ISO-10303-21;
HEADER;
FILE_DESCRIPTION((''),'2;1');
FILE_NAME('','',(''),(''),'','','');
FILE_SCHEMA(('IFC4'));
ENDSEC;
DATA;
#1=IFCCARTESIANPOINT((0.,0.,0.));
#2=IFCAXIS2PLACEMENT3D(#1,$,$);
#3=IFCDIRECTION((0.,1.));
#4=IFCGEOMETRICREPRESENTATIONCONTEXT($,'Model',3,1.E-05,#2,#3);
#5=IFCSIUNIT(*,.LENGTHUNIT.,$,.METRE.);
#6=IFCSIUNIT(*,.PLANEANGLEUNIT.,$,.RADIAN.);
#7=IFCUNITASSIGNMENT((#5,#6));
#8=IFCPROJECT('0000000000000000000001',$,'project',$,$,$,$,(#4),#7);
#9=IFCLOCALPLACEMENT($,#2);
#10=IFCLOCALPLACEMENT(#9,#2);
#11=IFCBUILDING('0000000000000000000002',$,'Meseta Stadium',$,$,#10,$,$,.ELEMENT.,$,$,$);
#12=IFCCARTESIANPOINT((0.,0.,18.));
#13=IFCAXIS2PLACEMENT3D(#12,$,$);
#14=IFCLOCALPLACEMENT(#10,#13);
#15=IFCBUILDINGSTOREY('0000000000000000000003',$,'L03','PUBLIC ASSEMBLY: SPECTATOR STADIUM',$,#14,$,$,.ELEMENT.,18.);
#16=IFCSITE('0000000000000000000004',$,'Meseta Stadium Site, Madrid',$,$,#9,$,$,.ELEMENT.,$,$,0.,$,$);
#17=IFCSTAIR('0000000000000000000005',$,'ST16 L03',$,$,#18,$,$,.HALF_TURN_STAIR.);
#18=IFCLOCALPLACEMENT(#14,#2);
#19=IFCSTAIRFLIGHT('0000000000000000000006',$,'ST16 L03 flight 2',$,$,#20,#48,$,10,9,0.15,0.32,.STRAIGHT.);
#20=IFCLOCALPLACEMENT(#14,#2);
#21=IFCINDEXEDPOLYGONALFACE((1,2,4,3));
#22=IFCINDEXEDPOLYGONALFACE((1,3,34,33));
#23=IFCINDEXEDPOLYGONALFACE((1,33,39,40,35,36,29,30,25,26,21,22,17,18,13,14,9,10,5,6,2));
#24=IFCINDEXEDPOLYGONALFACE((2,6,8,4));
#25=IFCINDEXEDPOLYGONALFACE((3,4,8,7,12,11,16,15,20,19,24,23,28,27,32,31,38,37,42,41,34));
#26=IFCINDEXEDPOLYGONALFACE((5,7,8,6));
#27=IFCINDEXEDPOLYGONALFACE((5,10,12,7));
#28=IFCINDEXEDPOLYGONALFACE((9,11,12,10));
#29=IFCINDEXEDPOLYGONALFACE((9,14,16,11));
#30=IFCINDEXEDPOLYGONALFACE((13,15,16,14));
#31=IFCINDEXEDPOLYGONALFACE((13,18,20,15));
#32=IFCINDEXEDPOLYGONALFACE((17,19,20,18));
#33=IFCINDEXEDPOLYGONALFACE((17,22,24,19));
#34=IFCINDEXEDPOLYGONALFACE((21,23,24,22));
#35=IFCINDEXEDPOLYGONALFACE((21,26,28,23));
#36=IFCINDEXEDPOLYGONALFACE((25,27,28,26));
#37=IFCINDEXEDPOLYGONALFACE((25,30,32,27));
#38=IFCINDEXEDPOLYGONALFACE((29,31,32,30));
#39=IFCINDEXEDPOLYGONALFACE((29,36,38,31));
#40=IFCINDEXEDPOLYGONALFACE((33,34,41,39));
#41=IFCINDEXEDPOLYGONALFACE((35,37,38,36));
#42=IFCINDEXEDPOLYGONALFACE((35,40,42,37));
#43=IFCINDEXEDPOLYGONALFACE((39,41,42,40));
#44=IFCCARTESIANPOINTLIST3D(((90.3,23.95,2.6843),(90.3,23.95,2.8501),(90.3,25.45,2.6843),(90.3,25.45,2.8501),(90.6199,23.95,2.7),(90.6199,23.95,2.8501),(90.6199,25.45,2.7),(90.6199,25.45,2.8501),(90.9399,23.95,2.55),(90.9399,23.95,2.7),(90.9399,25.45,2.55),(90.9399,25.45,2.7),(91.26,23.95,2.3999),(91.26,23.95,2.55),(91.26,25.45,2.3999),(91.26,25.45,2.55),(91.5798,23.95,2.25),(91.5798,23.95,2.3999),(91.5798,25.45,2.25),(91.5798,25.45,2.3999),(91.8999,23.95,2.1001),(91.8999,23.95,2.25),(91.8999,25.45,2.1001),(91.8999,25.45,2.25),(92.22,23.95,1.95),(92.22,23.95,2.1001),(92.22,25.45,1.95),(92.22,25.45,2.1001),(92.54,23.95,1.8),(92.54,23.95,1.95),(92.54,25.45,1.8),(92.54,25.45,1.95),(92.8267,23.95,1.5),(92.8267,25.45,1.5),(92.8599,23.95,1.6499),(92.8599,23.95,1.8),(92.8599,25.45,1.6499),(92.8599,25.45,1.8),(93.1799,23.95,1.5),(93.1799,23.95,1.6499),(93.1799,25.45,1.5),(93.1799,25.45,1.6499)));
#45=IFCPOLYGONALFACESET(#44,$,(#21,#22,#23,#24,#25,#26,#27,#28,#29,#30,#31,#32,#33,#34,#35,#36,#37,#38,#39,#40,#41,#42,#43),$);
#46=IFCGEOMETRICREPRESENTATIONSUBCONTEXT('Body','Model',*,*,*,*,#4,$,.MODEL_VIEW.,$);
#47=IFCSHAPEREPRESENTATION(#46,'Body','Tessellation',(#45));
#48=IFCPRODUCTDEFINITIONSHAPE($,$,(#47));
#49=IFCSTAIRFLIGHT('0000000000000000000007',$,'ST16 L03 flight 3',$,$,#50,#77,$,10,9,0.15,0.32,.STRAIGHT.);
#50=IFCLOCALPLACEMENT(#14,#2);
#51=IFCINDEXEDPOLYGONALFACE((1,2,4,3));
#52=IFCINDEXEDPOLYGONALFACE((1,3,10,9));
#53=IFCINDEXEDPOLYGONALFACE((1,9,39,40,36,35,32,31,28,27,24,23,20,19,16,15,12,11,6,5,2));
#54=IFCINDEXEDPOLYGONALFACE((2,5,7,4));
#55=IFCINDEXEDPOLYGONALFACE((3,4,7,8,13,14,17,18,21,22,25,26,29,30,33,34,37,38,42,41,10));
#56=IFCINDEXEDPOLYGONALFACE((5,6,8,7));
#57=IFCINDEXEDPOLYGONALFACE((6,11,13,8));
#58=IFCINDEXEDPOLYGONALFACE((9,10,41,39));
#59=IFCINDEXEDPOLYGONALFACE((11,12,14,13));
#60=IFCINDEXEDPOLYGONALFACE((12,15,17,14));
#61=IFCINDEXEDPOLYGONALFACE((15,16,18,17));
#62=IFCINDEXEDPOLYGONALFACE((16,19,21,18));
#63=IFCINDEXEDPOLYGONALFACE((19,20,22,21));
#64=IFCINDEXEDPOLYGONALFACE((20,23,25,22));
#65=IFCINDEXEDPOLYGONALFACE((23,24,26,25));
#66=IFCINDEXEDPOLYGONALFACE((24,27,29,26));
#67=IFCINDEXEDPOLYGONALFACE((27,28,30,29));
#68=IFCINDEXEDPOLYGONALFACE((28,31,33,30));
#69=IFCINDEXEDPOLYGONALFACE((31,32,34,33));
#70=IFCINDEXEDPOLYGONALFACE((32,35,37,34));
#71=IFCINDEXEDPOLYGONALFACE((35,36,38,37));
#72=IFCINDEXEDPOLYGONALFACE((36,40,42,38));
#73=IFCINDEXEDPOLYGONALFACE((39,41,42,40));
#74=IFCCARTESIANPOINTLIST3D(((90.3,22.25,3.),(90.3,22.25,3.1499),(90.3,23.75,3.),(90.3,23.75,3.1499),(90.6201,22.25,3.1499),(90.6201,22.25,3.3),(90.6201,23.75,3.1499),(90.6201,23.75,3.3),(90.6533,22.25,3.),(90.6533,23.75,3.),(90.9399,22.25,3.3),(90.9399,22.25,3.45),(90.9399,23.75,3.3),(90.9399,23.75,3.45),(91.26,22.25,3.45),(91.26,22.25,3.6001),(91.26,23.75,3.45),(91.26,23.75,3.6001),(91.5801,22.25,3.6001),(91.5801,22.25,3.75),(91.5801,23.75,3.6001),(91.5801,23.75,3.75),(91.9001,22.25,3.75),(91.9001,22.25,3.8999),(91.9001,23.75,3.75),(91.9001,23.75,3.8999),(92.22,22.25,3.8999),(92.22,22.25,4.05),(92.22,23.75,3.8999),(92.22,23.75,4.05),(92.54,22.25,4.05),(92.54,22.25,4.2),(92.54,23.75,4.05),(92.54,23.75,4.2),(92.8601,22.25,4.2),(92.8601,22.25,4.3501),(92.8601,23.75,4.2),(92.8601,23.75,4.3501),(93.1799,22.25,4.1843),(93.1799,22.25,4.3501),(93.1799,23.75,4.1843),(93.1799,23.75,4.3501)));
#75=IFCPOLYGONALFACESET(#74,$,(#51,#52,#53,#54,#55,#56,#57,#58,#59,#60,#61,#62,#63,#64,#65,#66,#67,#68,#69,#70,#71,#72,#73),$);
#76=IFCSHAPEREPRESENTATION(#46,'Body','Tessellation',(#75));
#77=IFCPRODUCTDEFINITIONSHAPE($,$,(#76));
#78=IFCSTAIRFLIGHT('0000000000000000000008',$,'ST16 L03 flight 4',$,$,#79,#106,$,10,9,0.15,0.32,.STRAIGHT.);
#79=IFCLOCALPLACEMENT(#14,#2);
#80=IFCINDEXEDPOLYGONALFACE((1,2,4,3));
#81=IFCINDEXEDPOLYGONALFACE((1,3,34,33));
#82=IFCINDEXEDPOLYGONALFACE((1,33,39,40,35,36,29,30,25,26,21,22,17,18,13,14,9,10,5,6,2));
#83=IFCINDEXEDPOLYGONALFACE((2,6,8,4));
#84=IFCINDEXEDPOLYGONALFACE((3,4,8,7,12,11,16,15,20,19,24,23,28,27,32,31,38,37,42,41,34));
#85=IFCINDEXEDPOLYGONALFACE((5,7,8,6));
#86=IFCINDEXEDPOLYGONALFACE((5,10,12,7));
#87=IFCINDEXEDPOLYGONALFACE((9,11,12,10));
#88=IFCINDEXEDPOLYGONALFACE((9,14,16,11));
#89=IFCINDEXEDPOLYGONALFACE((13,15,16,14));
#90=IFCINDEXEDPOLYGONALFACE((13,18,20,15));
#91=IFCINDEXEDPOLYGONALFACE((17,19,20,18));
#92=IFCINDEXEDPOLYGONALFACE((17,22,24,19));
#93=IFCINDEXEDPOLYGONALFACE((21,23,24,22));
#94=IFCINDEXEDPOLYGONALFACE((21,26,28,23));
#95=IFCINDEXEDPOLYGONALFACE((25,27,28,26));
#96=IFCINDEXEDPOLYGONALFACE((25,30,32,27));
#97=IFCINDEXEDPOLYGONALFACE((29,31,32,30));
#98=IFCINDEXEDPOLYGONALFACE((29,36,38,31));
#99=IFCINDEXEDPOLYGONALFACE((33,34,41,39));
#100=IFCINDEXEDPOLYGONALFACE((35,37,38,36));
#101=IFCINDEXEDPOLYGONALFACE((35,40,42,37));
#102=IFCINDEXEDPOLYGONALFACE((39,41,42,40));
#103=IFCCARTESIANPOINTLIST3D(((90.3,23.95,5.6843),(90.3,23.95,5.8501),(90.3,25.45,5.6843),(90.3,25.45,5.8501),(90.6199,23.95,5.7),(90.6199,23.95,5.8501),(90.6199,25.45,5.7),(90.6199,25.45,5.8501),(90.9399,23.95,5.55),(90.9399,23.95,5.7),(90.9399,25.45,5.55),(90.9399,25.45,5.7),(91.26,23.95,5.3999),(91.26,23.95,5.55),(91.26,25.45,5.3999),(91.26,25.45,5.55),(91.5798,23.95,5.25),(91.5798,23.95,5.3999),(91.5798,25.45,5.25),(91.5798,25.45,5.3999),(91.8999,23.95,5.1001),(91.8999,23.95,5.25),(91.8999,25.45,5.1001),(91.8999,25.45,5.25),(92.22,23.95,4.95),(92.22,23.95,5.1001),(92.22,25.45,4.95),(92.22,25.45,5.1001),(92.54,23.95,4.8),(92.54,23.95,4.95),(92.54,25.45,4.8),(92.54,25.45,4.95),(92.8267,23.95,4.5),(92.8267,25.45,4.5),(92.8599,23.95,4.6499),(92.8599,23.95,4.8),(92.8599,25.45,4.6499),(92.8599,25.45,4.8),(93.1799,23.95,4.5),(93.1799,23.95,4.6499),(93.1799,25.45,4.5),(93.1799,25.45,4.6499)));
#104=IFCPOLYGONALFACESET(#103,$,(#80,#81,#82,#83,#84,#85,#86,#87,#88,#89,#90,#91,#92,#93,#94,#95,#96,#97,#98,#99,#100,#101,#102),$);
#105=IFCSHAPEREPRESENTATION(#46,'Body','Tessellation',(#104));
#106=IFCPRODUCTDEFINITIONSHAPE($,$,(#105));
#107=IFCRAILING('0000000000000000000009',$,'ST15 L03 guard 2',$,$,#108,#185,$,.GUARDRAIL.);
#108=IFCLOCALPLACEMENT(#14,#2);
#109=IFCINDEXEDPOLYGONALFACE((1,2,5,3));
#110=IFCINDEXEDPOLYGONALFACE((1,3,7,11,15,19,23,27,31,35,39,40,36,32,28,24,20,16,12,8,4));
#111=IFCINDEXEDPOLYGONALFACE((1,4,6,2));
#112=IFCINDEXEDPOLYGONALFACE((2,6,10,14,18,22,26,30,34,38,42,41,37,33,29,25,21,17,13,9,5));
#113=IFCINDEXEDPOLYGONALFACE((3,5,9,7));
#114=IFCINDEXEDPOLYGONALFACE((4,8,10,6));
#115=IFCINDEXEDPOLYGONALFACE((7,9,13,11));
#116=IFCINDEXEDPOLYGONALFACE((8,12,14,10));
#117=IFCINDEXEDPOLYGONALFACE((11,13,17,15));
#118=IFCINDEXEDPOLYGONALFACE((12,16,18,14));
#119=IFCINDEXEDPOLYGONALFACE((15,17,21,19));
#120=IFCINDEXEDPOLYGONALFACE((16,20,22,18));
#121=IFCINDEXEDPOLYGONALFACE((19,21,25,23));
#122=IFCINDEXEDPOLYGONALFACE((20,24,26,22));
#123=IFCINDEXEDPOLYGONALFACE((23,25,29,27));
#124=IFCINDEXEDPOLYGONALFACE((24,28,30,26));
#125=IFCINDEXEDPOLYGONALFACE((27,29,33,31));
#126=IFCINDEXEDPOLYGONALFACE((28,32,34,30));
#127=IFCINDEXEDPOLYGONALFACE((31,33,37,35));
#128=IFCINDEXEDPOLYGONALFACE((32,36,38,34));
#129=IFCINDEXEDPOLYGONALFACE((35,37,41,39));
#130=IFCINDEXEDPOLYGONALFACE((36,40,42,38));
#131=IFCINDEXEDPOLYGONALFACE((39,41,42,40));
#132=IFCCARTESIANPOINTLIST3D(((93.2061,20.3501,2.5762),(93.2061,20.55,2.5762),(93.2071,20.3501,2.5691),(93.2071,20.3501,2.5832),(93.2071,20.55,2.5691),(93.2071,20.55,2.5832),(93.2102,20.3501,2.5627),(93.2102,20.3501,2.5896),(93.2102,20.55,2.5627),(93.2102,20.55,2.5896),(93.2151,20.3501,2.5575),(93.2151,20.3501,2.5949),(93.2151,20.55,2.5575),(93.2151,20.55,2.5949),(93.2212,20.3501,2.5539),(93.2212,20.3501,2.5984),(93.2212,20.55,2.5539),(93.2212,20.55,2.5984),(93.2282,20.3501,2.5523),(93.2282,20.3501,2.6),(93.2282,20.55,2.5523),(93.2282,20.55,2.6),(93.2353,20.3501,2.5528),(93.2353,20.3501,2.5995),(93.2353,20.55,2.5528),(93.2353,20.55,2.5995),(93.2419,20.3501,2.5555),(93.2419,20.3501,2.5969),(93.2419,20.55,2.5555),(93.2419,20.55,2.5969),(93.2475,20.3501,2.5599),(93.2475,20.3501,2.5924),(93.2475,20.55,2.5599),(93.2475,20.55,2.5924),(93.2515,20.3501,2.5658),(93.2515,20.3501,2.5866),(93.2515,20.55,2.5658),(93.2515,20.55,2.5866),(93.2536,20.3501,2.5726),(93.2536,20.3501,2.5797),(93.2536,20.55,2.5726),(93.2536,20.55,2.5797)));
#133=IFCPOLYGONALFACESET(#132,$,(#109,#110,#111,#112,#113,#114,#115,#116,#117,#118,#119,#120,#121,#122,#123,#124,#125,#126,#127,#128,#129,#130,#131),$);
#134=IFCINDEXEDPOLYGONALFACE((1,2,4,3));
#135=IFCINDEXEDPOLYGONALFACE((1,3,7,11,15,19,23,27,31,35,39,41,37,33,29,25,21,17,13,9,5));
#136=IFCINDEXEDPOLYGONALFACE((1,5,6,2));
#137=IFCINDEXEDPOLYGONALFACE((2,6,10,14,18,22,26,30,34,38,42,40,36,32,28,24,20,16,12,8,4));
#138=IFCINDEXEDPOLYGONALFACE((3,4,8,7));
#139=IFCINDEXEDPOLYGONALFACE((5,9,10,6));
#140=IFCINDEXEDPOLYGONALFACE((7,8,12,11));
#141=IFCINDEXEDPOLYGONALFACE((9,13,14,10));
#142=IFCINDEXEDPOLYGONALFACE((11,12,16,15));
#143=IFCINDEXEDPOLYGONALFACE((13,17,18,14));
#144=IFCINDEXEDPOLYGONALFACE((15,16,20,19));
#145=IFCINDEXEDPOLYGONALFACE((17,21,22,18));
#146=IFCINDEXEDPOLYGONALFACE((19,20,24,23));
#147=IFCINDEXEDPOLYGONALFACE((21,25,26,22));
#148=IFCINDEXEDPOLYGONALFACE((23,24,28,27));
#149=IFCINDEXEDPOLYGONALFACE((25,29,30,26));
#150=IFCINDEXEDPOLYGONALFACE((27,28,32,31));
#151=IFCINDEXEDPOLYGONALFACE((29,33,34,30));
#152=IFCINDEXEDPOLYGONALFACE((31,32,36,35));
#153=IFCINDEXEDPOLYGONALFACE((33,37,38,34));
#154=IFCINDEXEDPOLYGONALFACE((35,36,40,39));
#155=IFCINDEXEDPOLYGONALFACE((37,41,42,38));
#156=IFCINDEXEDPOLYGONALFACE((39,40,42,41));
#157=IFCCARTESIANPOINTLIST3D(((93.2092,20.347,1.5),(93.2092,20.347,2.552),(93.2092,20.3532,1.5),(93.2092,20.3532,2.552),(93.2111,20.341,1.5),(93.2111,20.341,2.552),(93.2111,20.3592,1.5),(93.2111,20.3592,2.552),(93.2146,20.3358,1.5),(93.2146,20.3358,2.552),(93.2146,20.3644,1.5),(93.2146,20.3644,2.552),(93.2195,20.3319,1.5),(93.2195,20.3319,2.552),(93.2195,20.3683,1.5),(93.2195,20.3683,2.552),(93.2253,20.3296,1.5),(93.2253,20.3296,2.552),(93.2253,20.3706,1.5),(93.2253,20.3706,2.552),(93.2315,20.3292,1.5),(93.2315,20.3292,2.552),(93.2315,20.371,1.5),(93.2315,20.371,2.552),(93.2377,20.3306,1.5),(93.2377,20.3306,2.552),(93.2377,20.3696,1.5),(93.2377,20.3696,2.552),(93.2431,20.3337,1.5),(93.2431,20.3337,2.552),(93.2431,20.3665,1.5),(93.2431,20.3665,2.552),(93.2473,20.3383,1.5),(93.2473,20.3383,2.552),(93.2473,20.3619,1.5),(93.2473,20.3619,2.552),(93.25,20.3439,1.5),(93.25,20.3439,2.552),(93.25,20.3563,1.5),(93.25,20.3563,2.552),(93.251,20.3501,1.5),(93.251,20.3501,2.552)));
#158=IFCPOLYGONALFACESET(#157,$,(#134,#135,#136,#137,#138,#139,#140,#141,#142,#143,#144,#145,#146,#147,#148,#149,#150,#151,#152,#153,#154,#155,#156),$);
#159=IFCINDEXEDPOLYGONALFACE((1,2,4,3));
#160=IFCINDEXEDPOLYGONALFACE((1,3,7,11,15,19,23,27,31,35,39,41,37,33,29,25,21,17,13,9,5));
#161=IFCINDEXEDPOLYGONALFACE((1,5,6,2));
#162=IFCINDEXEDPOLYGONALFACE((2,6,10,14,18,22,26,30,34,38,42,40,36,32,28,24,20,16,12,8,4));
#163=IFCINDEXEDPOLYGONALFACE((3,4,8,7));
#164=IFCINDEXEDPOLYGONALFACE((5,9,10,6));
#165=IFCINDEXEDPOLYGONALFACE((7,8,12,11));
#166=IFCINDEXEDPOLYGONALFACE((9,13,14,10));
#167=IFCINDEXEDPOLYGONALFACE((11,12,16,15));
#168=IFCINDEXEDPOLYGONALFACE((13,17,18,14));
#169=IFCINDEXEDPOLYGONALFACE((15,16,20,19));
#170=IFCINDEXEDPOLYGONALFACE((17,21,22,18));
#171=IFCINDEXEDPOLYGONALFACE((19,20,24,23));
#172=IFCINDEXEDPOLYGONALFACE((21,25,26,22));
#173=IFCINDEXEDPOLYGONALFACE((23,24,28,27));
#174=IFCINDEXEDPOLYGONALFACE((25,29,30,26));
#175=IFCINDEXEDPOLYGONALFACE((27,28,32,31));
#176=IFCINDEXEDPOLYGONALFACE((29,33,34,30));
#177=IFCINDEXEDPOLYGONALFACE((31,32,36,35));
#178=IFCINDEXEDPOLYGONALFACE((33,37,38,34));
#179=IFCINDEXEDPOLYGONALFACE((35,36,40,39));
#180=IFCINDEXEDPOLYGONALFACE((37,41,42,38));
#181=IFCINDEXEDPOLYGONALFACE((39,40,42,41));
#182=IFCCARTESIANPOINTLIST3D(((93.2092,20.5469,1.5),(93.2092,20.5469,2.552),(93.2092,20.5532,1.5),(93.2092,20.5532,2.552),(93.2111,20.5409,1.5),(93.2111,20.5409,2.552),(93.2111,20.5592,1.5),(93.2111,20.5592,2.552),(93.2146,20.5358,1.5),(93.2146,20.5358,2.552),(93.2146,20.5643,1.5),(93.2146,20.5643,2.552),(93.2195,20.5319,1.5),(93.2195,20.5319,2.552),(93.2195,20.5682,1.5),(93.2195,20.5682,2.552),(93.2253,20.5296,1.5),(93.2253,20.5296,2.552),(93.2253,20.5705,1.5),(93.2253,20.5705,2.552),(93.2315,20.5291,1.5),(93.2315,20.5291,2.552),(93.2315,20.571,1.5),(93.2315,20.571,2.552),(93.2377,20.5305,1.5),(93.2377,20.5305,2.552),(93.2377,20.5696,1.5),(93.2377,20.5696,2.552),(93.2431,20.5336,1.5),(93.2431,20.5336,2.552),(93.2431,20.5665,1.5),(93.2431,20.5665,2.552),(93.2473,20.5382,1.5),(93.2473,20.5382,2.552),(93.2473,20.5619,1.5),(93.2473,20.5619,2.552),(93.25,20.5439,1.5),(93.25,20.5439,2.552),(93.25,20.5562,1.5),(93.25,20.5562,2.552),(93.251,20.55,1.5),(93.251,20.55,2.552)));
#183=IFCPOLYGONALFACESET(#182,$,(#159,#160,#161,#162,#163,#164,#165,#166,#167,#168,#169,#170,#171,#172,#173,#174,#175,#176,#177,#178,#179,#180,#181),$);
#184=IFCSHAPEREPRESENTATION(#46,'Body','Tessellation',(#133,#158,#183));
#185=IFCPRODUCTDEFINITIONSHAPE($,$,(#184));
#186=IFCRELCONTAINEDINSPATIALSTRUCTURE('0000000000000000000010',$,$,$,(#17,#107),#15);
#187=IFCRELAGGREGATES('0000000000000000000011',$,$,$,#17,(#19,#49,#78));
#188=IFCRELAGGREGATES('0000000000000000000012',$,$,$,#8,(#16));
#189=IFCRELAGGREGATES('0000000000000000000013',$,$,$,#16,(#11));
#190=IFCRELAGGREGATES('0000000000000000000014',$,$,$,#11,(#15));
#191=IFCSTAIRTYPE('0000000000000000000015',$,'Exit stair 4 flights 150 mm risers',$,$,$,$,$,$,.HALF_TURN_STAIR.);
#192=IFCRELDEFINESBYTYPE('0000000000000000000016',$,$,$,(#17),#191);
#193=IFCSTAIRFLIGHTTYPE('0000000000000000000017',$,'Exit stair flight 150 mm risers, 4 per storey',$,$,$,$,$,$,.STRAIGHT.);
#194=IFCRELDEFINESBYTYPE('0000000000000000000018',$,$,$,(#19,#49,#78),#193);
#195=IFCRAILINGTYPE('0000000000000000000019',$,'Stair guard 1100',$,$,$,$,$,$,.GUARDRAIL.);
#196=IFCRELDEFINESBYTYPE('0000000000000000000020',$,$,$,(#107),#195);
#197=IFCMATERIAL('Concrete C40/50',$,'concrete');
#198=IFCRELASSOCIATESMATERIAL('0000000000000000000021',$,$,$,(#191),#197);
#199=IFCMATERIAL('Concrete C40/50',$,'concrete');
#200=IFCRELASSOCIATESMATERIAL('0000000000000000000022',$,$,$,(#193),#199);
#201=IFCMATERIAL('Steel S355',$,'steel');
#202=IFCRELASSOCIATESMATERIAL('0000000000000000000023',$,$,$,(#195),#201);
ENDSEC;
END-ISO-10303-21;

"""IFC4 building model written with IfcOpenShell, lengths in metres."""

from ifc_helpers import new_model, si_unit, direction, frame, origin, origin_2d, place, context, subcontext, project, spatial, polyline, circle, outline, extrude, material, type_object, element, aggregate, save


model = new_model("IFC4")

# Units and contexts
model_context = context("Model", 3, precision=1e-05, world=origin(), true_north=direction((0.0, 1.0)))
body_context = subcontext(model_context, "Body", "Model", "MODEL_VIEW")
ifc_project = project(units=[si_unit("LENGTHUNIT", "METRE"), si_unit("PLANEANGLEUNIT", "RADIAN")], contexts=[model_context])

# Site, building, storey
site_placement = place(None, origin())
site = spatial("IfcSite", under=ifc_project, at=site_placement, Name="Meseta Stadium Site, Madrid", CompositionType="ELEMENT", RefElevation=0.0)
building_placement = place(site_placement, origin())
building = spatial("IfcBuilding", under=site, at=building_placement, Name="Meseta Stadium", CompositionType="ELEMENT")
storey_placement = place(building_placement, frame((0.0, 0.0, 18.0)))
storey = spatial("IfcBuildingStorey", under=building, at=storey_placement, Name="L03", Description="PUBLIC ASSEMBLY: SPECTATOR STADIUM", CompositionType="ELEMENT", Elevation=18.0)

# Stair, stair flights
ifc_material_1 = material(Name="Concrete C40/50", Category="concrete")
stair_type = type_object("IfcStairType", Name="Exit stair 4 flights 150 mm risers", PredefinedType="HALF_TURN_STAIR", material=ifc_material_1)
ifc_material_2 = material(Name="Concrete C40/50", Category="concrete")
stair_flight_type = type_object("IfcStairFlightType", Name="Exit stair flight 150 mm risers, 4 per storey", PredefinedType="STRAIGHT", material=ifc_material_2)
stair_1_placement = place(storey_placement, origin())
stair_1 = element("IfcStair", 1, at=stair_1_placement, inside=storey, type_object=stair_type, Name="ST16 L03", PredefinedType="HALF_TURN_STAIR")
stair_flight_1_placement = place(storey_placement, frame((93.1799, 24.7, 1.5), z_axis=(0.0, 0.0, 1.0), x_axis=(-1.0, 0.0, 0.0)))
stair_flight_1 = element("IfcStairFlight", 2, at=stair_flight_1_placement, type_object=stair_flight_type, Name="ST16 L03 flight 2", NumberOfRisers=10, NumberOfTreads=9, PredefinedType="STRAIGHT", RiserHeight=0.15, TreadLength=0.32, context=body_context, shape_type="SweptSolid", body=[
    extrude(outline(polyline([(0.0, 0.0), (0.0, 0.1499), (0.3201, 0.1499), (0.3201, 0.3), (0.6399, 0.3), (0.6399, 0.45), (0.96, 0.45), (0.96, 0.6001), (1.28, 0.6001), (1.28, 0.75), (1.6001, 0.75), (1.6001, 0.8999), (1.9199, 0.8999), (1.9199, 1.05), (2.24, 1.05), (2.24, 1.2), (2.5601, 1.2), (2.5601, 1.3501), (2.8799, 1.3501), (2.8799, 1.1843), (0.3533, 0.0), (0.0, 0.0)])), frame((0.0, 0.75, 0.0), z_axis=(0.0, -1.0, 0.0), x_axis=(1.0, 0.0, 0.0)), (0.0, 0.0, 1.0), 1.5),
])
stair_flight_2_placement = place(storey_placement, frame((90.3, 23.0, 3.0), z_axis=(0.0, 0.0, 1.0), x_axis=(1.0, 0.0, 0.0)))
stair_flight_2 = element("IfcStairFlight", 3, at=stair_flight_2_placement, type_object=stair_flight_type, Name="ST16 L03 flight 3", NumberOfRisers=10, NumberOfTreads=9, PredefinedType="STRAIGHT", RiserHeight=0.15, TreadLength=0.32, context=body_context, shape_type="SweptSolid", body=[
    extrude(outline(polyline([(0.0, 0.0), (0.0, 0.1499), (0.3201, 0.1499), (0.3201, 0.3), (0.6399, 0.3), (0.6399, 0.45), (0.96, 0.45), (0.96, 0.6001), (1.28, 0.6001), (1.28, 0.75), (1.6001, 0.75), (1.6001, 0.8999), (1.9199, 0.8999), (1.9199, 1.05), (2.24, 1.05), (2.24, 1.2), (2.5601, 1.2), (2.5601, 1.3501), (2.8799, 1.3501), (2.8799, 1.1843), (0.3533, 0.0), (0.0, 0.0)])), frame((0.0, 0.75, 0.0), z_axis=(0.0, -1.0, 0.0), x_axis=(1.0, 0.0, 0.0)), (0.0, 0.0, 1.0), 1.5),
])
stair_flight_3_placement = place(storey_placement, frame((93.1799, 24.7, 4.5), z_axis=(0.0, 0.0, 1.0), x_axis=(-1.0, 0.0, 0.0)))
stair_flight_3 = element("IfcStairFlight", 4, at=stair_flight_3_placement, type_object=stair_flight_type, Name="ST16 L03 flight 4", NumberOfRisers=10, NumberOfTreads=9, PredefinedType="STRAIGHT", RiserHeight=0.15, TreadLength=0.32, context=body_context, shape_type="SweptSolid", body=[
    extrude(outline(polyline([(0.0, 0.0), (0.0, 0.1499), (0.3201, 0.1499), (0.3201, 0.3), (0.6399, 0.3), (0.6399, 0.45), (0.96, 0.45), (0.96, 0.6001), (1.28, 0.6001), (1.28, 0.75), (1.6001, 0.75), (1.6001, 0.8999), (1.9199, 0.8999), (1.9199, 1.05), (2.24, 1.05), (2.24, 1.2), (2.5601, 1.2), (2.5601, 1.3501), (2.8799, 1.3501), (2.8799, 1.1843), (0.3533, 0.0), (0.0, 0.0)])), frame((0.0, 0.75, 0.0), z_axis=(0.0, -1.0, 0.0), x_axis=(1.0, 0.0, 0.0)), (0.0, 0.0, 1.0), 1.5),
])
aggregate(stair_1, [stair_flight_1, stair_flight_2, stair_flight_3])

# Railing
ifc_material_3 = material(Name="Steel S355", Category="steel")
railing_type_1 = type_object("IfcRailingType", Name="Stair guard 1100", PredefinedType="GUARDRAIL", material=ifc_material_3)
railing_1_placement = place(storey_placement, frame((93.23, 20.3501, 1.5)))
element("IfcRailing", 5, at=railing_1_placement, inside=storey, type_object=railing_type_1, Name="ST15 L03 guard 2", PredefinedType="GUARDRAIL", context=body_context, shape_type="SweptSolid", body=[
    extrude(circle(Radius=0.0239, at=origin_2d()), frame((0.0, 0.0, 1.0762), z_axis=(0.0, 1.0, 0.0), x_axis=(-1.0, 0.0, 0.0)), (0.0, 0.0, 1.0), 0.2),
    extrude(circle(Radius=0.021, at=origin_2d()), origin(), (0.0, 0.0, 1.0), 1.052),
    extrude(circle(Radius=0.021, at=origin_2d()), frame((0.0, 0.2, 0.0)), (0.0, 0.0, 1.0), 1.052),
])

save(model, "model.ifc")
